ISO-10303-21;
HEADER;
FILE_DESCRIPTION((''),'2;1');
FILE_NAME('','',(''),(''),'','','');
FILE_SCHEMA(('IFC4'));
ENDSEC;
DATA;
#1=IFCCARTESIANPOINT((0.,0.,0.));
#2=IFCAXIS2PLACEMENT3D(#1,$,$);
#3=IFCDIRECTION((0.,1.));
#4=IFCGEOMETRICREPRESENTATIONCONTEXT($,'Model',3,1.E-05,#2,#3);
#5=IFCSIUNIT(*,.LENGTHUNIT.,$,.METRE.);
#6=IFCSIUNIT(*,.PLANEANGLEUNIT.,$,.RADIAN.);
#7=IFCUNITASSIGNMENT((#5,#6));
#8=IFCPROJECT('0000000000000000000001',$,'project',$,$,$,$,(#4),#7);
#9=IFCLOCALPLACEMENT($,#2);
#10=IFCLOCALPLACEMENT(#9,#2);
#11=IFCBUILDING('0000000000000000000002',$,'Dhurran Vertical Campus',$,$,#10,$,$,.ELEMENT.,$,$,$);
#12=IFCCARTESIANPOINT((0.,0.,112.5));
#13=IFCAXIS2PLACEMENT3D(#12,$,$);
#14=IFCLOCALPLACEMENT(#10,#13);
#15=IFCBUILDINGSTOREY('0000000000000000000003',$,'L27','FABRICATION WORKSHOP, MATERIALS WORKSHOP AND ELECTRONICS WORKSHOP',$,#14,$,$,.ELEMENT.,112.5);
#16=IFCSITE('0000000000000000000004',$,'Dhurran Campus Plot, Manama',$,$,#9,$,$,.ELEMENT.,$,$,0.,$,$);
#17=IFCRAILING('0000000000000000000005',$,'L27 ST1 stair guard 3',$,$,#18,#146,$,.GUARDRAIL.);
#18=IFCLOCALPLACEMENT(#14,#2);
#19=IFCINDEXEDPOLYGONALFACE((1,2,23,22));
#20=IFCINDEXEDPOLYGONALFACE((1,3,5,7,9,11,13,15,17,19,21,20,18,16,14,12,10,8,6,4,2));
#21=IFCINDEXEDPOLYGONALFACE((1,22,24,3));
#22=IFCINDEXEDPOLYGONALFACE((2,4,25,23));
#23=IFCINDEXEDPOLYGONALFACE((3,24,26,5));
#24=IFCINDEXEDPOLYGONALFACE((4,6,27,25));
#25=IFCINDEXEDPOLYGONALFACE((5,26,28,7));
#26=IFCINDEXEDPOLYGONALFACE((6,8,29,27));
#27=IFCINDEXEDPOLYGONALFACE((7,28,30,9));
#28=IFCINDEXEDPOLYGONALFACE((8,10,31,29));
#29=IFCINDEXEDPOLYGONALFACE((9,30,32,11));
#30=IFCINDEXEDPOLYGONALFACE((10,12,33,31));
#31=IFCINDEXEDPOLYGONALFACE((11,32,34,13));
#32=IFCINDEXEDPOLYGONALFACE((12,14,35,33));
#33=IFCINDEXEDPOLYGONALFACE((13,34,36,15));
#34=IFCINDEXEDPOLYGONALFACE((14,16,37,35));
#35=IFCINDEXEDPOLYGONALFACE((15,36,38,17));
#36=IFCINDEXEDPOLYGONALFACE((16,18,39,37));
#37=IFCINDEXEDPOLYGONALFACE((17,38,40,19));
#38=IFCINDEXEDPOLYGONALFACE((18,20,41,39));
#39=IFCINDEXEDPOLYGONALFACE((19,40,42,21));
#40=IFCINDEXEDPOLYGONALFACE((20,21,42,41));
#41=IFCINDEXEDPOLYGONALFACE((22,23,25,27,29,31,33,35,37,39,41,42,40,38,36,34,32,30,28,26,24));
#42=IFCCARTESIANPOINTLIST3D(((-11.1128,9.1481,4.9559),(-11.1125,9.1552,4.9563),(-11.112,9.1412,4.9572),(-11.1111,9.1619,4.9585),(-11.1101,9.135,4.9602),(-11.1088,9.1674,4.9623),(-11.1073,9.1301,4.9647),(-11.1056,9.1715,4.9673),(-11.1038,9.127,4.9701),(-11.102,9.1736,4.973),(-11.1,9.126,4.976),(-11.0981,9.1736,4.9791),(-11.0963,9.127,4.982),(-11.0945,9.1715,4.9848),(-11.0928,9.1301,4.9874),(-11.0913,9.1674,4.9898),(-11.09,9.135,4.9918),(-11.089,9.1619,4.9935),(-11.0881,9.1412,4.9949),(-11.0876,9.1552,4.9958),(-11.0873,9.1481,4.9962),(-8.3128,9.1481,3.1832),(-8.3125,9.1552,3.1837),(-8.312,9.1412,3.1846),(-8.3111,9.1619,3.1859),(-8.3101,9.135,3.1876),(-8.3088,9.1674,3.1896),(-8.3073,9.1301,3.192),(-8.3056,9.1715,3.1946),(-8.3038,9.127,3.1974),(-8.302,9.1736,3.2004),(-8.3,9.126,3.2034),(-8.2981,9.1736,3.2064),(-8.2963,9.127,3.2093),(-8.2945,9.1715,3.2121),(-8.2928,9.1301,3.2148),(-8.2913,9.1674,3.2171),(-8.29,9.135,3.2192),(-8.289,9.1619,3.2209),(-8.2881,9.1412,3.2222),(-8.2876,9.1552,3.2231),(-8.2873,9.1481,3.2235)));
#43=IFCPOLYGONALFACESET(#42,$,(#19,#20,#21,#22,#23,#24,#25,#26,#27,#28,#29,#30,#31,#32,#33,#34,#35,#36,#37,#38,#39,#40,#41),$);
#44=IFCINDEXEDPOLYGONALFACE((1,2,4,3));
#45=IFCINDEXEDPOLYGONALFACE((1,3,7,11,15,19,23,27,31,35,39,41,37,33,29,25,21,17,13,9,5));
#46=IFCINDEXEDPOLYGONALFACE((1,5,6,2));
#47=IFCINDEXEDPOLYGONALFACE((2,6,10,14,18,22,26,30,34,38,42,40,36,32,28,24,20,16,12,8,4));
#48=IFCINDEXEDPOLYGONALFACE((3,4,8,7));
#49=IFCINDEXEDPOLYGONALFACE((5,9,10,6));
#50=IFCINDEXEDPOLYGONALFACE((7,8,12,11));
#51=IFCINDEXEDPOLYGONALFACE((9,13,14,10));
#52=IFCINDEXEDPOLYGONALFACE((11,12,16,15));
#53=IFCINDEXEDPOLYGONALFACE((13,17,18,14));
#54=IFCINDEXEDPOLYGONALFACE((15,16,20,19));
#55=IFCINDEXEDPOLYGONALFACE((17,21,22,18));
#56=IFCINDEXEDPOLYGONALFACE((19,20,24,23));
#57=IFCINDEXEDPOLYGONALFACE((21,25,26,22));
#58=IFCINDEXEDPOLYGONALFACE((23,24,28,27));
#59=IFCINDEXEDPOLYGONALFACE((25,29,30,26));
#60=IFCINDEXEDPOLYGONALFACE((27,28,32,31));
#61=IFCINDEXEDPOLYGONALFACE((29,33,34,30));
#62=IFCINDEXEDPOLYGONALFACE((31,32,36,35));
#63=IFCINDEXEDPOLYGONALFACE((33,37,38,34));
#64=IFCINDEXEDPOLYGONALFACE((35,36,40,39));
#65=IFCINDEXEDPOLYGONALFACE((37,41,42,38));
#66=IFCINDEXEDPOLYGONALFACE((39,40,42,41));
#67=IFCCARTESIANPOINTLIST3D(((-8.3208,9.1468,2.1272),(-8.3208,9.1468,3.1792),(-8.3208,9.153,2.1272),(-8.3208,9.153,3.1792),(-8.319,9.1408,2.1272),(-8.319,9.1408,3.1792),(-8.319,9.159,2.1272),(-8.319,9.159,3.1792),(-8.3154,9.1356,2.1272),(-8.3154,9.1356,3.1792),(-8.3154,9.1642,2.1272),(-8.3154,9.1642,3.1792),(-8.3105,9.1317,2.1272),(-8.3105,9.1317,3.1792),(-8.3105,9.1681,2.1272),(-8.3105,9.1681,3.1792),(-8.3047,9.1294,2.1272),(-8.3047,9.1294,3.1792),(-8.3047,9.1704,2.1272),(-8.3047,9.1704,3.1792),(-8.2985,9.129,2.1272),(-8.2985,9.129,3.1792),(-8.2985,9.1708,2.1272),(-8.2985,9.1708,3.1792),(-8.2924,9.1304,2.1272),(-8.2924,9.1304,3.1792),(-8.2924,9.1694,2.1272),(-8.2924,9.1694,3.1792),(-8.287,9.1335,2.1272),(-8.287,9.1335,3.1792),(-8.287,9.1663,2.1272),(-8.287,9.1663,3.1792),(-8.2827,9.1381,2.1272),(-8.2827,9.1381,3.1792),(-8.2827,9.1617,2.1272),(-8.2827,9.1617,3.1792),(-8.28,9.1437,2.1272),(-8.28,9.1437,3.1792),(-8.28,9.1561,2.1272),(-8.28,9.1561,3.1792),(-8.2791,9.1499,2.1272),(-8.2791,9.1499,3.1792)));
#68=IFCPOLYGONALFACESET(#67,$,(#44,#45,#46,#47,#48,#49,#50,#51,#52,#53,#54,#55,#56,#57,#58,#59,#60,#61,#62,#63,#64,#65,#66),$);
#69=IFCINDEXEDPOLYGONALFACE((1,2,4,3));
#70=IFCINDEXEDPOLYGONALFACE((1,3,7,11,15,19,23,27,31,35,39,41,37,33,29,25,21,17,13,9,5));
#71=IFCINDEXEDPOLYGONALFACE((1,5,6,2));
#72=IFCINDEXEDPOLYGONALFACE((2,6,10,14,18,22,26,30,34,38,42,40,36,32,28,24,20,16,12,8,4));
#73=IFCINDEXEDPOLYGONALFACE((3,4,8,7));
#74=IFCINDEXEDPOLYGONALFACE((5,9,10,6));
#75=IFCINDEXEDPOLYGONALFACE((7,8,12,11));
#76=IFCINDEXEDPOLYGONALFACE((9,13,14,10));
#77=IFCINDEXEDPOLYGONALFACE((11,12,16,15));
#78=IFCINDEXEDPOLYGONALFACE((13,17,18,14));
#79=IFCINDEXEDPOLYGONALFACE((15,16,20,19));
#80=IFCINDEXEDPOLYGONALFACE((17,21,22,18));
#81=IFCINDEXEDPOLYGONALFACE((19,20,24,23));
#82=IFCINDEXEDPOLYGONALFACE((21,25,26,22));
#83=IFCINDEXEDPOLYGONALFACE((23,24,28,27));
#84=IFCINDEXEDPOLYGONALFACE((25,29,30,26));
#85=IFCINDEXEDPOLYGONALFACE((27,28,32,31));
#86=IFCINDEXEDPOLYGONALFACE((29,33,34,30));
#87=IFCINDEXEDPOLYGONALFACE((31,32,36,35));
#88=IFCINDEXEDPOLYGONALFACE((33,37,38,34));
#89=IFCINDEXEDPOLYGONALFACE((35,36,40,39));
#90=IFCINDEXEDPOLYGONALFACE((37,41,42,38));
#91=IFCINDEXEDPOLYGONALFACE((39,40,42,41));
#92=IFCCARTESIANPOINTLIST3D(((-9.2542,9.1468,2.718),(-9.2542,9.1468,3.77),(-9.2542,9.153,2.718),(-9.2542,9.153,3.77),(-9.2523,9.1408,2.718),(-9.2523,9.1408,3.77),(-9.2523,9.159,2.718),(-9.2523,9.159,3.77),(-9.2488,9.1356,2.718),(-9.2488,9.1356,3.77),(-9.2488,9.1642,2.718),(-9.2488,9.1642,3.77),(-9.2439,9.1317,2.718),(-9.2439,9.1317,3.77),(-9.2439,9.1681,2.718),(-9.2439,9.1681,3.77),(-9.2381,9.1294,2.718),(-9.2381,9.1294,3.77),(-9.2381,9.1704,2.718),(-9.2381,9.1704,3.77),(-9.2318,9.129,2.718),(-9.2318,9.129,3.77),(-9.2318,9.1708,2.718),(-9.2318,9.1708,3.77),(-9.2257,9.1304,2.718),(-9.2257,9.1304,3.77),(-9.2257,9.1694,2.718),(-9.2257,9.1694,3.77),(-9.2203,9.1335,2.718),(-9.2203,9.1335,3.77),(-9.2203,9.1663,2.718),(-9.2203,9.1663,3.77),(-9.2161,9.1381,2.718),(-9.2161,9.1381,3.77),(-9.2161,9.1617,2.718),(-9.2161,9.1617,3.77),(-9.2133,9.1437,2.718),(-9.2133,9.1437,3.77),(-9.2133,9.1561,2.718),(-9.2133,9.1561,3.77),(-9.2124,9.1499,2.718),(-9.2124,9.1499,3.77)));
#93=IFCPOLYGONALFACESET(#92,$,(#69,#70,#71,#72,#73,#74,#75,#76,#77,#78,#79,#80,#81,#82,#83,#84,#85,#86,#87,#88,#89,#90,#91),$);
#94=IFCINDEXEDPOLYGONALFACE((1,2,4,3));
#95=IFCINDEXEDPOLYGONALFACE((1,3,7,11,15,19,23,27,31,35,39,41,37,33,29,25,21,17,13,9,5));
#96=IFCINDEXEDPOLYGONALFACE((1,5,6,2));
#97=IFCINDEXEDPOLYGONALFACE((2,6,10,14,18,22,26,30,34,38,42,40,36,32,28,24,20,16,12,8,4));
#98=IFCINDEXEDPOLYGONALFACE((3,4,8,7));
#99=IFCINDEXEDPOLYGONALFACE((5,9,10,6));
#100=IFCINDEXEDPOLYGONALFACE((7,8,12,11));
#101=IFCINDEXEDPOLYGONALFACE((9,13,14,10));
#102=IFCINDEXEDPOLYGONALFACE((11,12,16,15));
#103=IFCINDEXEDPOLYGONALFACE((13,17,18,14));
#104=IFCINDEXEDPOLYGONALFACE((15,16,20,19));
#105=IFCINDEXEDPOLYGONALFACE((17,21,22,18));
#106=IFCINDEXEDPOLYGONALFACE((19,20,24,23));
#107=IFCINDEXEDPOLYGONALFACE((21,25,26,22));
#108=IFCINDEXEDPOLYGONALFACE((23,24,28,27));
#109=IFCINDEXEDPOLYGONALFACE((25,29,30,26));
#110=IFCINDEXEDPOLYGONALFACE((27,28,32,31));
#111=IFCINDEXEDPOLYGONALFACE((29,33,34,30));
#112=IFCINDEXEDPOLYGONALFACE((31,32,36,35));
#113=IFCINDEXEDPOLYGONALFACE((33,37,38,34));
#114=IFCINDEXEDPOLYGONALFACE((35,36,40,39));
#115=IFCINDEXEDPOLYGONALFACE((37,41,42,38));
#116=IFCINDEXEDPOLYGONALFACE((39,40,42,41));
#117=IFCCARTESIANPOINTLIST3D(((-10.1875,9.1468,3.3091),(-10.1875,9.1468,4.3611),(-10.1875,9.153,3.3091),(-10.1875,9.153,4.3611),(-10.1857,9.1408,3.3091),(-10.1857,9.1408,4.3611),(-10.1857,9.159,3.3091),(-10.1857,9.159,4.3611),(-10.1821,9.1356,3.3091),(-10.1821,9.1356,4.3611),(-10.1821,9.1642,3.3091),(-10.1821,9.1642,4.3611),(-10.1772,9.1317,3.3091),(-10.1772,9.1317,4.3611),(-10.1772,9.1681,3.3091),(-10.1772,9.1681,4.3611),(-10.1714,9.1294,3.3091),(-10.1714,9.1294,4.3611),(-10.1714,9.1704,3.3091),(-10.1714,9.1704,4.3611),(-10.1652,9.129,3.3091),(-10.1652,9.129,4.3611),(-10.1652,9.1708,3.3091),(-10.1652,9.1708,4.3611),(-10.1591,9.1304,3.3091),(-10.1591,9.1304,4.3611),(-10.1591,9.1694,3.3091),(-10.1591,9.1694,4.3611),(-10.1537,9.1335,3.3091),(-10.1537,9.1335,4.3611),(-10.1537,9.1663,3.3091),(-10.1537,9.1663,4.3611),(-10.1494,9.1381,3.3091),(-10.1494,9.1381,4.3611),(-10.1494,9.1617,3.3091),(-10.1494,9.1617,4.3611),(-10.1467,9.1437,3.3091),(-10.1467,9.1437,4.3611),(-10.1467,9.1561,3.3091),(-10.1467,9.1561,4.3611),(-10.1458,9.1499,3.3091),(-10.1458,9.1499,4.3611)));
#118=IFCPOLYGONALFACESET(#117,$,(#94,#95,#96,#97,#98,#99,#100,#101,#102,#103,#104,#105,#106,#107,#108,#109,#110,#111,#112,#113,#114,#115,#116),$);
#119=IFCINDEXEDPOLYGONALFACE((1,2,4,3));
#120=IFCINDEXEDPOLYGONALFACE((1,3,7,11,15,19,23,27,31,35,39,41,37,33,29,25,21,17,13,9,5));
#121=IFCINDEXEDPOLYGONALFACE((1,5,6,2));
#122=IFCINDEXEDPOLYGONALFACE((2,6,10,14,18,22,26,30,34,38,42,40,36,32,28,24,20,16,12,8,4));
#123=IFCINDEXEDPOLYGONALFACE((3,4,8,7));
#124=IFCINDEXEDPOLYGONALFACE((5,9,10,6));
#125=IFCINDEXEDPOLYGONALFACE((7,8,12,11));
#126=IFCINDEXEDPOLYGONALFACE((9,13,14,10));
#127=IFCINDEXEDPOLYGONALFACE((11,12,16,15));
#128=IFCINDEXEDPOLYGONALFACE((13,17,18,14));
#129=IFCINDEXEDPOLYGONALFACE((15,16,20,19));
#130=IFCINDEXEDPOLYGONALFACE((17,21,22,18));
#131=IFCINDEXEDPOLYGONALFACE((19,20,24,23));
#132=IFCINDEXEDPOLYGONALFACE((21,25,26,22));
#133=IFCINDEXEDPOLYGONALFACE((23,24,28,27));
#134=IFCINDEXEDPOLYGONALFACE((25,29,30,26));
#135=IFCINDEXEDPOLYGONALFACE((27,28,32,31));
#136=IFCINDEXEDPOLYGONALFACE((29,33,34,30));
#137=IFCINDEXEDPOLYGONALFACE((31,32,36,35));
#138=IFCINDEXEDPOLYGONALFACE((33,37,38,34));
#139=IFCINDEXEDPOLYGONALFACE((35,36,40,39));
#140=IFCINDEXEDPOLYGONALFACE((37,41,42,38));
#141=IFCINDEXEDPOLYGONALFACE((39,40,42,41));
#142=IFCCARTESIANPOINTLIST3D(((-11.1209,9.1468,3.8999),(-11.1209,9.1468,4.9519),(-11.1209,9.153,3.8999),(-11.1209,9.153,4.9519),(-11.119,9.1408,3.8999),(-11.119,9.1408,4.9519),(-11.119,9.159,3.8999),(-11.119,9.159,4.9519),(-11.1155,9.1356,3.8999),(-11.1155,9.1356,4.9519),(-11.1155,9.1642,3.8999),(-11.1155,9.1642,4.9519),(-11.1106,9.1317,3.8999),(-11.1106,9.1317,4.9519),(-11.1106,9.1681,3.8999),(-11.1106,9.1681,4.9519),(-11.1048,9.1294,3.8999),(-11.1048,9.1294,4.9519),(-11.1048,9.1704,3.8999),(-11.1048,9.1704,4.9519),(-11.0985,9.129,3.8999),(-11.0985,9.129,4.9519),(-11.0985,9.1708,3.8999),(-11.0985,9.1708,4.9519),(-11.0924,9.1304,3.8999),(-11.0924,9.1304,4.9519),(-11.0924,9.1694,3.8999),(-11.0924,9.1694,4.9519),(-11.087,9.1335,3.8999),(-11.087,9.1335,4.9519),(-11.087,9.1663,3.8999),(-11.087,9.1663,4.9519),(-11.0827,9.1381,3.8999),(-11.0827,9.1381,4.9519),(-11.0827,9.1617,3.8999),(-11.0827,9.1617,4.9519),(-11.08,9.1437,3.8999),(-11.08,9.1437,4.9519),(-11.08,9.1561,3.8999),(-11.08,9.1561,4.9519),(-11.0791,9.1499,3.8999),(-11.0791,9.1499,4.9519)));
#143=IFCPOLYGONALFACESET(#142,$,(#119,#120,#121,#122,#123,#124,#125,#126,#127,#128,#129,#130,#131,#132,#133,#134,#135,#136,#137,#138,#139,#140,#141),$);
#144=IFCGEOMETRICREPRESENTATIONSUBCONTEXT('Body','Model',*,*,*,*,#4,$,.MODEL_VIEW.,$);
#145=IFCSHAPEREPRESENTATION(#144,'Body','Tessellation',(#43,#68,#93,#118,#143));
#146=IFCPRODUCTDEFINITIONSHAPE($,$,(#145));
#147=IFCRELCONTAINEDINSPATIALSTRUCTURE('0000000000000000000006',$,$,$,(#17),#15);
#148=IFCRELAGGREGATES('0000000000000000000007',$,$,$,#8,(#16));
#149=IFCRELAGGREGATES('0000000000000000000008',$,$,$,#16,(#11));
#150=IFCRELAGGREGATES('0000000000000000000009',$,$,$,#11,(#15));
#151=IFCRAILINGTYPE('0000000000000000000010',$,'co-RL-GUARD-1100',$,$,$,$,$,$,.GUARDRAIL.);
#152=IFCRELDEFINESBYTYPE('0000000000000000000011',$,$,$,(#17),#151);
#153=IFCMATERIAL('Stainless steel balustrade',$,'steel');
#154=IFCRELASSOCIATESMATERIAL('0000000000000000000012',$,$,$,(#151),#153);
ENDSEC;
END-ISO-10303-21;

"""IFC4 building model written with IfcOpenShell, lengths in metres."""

from ifc_helpers import new_model, si_unit, direction, frame, origin, origin_2d, place, context, subcontext, project, spatial, circle, extrude, material, type_object, element, save


model = new_model("IFC4")

# Units and contexts
model_context = context("Model", 3, precision=1e-05, world=origin(), true_north=direction((0.0, 1.0)))
body_context = subcontext(model_context, "Body", "Model", "MODEL_VIEW")
ifc_project = project(units=[si_unit("LENGTHUNIT", "METRE"), si_unit("PLANEANGLEUNIT", "RADIAN")], contexts=[model_context])

# Site, building, storey
site_placement = place(None, origin())
site = spatial("IfcSite", under=ifc_project, at=site_placement, Name="Dhurran Campus Plot, Manama", CompositionType="ELEMENT", RefElevation=0.0)
building_placement = place(site_placement, origin())
building = spatial("IfcBuilding", under=site, at=building_placement, Name="Dhurran Vertical Campus", CompositionType="ELEMENT")
storey_placement = place(building_placement, frame((0.0, 0.0, 112.5)))
storey = spatial("IfcBuildingStorey", under=building, at=storey_placement, Name="L27", Description="FABRICATION WORKSHOP, MATERIALS WORKSHOP AND ELECTRONICS WORKSHOP", CompositionType="ELEMENT", Elevation=112.5)

# Railing
ifc_material_1 = material(Name="Stainless steel balustrade", Category="steel")
railing_type_1 = type_object("IfcRailingType", Name="co-RL-GUARD-1100", PredefinedType="GUARDRAIL", material=ifc_material_1)
railing_1_placement = place(storey_placement, frame((-8.3, 9.1499, 2.1272)))
element("IfcRailing", 1, at=railing_1_placement, inside=storey, type_object=railing_type_1, Name="L27 ST1 stair guard 3", PredefinedType="GUARDRAIL", context=body_context, shape_type="SweptSolid", body=[
    extrude(circle(Radius=0.0239, at=origin_2d()), frame((0.0, 0.0, 1.0762), z_axis=(-0.844909, 0.0, 0.53491), x_axis=(0.0, -1.0, 0.0)), (0.0, 0.0, 1.0), 3.314),
    extrude(circle(Radius=0.021, at=origin_2d()), origin(), (0.0, 0.0, 1.0), 1.052),
    extrude(circle(Radius=0.021, at=origin_2d()), frame((-0.9333, 0.0, 0.5908)), (0.0, 0.0, 1.0), 1.052),
    extrude(circle(Radius=0.021, at=origin_2d()), frame((-1.8667, 0.0, 1.1819)), (0.0, 0.0, 1.0), 1.052),
    extrude(circle(Radius=0.021, at=origin_2d()), frame((-2.8, 0.0, 1.7727)), (0.0, 0.0, 1.0), 1.052),
])

save(model, "model.ifc")
